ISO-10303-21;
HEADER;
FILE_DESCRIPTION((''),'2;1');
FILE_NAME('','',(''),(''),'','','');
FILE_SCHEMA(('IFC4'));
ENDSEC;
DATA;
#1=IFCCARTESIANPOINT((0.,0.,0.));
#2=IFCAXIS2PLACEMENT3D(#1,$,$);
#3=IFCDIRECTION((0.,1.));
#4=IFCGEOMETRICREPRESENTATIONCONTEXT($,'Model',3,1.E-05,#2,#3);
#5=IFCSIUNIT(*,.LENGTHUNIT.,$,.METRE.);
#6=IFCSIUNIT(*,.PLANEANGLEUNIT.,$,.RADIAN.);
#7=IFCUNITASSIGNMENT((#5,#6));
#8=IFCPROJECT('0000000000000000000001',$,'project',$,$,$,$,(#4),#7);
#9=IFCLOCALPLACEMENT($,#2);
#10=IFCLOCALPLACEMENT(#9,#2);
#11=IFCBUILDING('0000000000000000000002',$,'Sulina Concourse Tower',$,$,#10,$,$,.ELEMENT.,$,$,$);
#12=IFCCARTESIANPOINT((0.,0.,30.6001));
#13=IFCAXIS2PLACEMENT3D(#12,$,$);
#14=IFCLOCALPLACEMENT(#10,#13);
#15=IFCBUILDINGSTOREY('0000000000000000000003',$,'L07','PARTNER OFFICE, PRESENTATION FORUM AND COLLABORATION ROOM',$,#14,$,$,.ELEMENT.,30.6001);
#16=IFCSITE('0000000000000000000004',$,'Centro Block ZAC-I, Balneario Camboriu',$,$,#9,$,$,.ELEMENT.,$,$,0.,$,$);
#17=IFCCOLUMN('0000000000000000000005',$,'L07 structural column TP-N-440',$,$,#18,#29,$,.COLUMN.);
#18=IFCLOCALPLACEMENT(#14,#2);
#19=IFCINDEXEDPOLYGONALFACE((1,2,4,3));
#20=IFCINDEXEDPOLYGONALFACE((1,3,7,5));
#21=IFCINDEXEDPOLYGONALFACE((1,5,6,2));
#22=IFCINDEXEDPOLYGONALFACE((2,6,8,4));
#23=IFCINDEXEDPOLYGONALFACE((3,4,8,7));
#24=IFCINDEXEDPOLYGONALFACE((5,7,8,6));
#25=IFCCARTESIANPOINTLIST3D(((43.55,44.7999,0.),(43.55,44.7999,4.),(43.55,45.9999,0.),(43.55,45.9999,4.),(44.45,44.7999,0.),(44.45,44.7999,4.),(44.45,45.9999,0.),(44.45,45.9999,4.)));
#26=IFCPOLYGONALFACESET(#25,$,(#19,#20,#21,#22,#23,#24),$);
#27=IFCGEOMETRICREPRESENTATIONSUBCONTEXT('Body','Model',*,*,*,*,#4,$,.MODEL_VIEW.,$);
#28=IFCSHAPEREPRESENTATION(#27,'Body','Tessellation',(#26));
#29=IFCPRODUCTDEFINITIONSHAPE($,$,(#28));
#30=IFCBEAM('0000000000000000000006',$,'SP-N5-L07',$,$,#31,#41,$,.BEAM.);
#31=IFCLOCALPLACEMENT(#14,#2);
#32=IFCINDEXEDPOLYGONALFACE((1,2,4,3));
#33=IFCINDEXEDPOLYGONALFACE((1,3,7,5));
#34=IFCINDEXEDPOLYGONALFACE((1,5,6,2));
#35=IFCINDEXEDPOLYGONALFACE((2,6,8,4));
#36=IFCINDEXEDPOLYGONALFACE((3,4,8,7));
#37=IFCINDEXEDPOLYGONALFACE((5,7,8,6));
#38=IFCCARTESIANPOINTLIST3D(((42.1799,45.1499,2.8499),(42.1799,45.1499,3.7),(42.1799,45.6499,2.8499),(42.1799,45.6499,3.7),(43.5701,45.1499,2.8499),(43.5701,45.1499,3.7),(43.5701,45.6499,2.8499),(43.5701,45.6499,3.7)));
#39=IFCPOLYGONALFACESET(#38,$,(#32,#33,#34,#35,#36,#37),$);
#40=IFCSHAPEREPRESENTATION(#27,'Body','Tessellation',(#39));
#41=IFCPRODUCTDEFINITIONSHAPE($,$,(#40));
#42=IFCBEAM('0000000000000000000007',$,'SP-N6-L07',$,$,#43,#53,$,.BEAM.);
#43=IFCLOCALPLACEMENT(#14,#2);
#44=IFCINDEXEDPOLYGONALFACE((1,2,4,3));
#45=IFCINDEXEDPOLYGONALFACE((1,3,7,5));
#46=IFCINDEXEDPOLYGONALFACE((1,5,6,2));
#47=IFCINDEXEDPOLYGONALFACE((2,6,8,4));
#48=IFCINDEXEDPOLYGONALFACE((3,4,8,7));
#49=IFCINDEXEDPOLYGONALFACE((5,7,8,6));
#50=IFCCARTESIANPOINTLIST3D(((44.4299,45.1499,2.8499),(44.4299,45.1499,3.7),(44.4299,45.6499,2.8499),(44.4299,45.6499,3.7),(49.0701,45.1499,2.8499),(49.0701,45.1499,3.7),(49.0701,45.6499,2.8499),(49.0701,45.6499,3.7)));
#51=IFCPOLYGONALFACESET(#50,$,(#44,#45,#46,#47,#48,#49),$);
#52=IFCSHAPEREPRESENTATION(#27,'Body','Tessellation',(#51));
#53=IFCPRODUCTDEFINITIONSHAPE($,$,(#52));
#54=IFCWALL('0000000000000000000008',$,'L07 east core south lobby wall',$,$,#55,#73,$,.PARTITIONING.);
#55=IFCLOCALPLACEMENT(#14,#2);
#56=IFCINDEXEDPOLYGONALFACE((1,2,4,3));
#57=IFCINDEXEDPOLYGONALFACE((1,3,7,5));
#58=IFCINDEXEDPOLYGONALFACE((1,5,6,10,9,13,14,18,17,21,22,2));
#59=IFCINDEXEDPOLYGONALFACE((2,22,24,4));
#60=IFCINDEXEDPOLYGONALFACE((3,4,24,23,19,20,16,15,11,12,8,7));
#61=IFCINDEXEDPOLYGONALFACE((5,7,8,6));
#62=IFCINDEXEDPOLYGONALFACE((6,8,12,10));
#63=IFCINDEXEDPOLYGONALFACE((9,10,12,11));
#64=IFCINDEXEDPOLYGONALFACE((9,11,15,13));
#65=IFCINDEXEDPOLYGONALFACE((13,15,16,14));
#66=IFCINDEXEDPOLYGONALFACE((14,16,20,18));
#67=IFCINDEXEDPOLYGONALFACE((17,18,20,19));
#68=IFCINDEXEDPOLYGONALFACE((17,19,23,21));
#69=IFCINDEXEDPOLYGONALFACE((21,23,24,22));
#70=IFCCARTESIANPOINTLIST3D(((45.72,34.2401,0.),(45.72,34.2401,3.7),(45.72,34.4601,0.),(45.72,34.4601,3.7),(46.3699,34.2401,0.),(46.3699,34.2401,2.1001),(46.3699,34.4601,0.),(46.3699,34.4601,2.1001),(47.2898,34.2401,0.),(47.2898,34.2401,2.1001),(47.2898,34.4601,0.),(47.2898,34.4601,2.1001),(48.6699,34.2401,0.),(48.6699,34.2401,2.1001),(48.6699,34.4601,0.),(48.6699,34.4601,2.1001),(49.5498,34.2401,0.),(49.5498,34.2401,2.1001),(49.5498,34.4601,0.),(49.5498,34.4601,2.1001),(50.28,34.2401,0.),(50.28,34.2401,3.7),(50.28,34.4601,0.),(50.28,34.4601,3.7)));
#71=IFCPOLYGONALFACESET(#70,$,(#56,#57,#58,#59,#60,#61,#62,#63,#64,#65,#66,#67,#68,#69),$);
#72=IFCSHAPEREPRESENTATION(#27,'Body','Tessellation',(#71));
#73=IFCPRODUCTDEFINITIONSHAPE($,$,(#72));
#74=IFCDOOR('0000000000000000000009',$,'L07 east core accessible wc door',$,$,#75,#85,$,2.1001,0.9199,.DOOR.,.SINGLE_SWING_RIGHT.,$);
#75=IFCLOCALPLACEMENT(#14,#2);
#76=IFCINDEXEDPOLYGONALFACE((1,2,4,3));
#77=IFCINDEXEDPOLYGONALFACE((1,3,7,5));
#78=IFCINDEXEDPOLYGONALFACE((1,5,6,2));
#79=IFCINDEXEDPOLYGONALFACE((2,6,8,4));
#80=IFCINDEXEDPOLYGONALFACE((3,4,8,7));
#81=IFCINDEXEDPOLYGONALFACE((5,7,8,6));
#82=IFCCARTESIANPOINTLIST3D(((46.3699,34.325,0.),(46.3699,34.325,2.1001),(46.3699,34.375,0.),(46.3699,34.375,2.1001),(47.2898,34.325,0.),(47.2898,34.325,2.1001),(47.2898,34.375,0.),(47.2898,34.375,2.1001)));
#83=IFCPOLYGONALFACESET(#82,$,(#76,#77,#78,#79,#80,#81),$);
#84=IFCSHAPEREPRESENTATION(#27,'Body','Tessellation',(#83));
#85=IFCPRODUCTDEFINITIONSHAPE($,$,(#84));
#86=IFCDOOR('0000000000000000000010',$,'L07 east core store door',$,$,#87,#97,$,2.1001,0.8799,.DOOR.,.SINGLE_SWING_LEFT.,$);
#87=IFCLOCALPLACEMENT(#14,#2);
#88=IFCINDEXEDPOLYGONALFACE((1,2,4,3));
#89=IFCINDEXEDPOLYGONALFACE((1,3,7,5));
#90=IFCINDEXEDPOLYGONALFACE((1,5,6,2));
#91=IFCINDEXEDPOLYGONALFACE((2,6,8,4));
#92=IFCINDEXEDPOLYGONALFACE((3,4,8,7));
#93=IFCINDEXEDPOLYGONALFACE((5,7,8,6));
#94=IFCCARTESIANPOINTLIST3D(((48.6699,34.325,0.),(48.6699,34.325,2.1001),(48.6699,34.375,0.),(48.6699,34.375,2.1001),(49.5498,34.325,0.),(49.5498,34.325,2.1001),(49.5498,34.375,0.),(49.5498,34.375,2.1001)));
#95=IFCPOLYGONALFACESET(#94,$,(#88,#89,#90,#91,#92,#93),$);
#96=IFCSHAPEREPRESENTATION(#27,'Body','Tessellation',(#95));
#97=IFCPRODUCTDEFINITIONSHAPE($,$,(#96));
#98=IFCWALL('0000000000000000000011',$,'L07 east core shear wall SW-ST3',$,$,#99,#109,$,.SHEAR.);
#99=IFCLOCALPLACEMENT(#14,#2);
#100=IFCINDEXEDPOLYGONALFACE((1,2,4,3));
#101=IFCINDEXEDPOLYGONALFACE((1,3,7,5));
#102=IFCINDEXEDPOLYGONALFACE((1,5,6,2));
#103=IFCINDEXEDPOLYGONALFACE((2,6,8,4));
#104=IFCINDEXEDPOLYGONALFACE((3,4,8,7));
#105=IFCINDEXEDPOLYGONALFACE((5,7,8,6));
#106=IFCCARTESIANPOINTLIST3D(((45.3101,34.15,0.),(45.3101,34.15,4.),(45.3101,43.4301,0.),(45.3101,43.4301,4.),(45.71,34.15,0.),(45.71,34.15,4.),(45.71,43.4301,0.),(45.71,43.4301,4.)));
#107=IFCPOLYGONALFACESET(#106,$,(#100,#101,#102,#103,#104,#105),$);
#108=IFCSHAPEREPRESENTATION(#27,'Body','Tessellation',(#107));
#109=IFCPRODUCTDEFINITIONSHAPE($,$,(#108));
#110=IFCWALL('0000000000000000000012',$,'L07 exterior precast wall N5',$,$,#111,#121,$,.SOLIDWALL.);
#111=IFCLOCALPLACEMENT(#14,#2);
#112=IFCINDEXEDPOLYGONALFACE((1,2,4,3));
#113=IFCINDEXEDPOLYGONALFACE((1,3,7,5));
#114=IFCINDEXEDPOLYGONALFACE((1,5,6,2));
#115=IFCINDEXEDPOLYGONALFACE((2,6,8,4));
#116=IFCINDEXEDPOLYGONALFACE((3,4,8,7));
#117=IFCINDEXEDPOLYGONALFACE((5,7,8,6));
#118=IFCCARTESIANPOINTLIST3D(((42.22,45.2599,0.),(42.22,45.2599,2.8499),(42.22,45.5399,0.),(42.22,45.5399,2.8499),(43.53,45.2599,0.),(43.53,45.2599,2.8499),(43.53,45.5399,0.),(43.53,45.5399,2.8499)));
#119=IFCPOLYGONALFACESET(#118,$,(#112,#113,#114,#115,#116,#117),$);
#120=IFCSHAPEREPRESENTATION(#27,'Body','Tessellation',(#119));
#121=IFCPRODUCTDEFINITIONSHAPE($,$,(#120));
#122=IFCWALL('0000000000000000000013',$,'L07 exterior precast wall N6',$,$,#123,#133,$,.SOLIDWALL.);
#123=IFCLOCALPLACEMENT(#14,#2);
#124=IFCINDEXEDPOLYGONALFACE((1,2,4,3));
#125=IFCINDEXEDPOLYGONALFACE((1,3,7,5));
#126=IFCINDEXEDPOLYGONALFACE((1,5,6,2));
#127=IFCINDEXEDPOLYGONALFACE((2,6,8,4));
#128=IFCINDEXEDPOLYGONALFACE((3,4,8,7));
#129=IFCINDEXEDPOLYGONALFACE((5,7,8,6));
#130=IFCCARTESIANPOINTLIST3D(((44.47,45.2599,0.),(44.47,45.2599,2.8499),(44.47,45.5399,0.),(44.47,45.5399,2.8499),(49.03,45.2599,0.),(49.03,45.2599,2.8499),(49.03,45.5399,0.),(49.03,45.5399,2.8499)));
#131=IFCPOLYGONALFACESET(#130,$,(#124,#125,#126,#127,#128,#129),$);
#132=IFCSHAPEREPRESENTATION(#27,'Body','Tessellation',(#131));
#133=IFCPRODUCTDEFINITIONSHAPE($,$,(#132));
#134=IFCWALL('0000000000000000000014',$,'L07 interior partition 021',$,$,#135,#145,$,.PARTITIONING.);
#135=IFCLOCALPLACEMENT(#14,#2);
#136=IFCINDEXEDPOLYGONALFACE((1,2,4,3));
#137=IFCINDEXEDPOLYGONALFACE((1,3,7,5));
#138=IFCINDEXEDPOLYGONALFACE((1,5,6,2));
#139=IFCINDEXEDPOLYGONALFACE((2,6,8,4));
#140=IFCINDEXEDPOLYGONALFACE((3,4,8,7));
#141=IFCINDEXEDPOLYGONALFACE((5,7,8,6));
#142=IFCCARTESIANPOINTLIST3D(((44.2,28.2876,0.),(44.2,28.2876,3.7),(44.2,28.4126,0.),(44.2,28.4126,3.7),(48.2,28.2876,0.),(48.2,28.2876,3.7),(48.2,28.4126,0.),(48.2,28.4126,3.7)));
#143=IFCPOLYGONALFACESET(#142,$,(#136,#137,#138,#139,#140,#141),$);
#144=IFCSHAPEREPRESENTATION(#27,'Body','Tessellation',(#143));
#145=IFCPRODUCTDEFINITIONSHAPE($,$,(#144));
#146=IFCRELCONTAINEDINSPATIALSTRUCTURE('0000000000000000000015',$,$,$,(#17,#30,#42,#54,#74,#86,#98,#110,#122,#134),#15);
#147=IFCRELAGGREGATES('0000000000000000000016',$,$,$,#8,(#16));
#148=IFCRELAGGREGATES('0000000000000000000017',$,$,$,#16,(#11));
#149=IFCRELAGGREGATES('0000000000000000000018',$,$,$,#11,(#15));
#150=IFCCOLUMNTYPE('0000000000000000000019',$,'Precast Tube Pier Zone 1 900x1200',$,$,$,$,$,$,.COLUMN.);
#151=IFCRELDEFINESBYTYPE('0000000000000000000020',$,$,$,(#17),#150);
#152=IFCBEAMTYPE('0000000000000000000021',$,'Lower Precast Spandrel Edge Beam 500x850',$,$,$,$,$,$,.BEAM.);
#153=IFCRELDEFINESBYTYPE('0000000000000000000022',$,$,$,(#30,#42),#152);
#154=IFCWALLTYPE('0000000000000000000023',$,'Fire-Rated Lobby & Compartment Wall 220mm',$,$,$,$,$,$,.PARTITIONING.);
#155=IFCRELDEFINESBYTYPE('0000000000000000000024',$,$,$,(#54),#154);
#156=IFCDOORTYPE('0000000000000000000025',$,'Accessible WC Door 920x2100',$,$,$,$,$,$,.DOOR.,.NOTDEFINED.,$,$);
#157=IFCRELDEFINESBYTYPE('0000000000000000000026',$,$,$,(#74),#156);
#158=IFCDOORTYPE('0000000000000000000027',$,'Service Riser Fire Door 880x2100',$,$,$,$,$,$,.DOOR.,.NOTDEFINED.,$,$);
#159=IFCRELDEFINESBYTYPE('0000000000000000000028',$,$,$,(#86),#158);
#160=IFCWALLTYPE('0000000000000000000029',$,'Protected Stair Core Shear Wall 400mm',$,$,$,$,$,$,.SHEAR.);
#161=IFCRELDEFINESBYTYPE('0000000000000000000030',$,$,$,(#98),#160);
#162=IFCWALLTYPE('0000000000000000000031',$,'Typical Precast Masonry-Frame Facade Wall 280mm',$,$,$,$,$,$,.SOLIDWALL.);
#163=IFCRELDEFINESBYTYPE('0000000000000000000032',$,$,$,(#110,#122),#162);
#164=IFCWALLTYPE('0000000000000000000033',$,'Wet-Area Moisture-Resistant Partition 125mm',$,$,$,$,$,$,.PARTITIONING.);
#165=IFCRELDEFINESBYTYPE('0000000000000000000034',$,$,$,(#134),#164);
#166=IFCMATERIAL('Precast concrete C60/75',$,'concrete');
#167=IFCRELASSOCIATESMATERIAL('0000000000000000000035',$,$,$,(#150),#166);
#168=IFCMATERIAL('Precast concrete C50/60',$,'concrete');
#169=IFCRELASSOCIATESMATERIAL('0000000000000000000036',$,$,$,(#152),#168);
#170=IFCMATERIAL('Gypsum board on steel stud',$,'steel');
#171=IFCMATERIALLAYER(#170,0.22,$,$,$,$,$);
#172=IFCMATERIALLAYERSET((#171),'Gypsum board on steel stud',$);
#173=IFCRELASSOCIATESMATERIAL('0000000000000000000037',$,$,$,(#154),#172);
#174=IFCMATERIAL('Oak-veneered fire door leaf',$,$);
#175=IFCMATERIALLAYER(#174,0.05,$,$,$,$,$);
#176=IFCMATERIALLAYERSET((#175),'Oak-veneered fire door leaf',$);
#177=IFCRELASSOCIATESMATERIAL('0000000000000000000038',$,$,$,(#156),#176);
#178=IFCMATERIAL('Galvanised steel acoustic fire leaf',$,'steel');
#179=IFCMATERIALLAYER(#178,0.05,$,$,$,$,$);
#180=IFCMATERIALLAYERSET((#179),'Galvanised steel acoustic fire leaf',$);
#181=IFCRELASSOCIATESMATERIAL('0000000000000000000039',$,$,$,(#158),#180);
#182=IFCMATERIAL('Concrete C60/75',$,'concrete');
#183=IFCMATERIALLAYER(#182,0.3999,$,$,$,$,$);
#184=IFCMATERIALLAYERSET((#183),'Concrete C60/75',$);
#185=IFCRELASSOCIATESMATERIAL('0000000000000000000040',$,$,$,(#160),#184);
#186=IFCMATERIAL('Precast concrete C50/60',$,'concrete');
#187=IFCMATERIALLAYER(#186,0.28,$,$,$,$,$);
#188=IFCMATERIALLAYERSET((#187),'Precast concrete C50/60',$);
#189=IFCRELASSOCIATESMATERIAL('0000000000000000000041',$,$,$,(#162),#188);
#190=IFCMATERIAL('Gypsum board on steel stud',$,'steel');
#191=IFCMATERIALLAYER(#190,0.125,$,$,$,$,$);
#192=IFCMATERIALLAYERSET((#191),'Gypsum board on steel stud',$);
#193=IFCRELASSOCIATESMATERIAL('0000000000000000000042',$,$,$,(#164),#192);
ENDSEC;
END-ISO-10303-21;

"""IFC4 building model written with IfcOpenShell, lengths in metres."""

from ifc_helpers import new_model, si_unit, direction, frame, frame_2d, origin, origin_2d, place, context, subcontext, project, spatial, rectangle, extrude, material, layer, layer_set, material_profile, profile_set, type_object, element, fill, save


model = new_model("IFC4")

# Units and contexts
model_context = context("Model", 3, precision=1e-05, world=origin(), true_north=direction((0.0, 1.0)))
body_context = subcontext(model_context, "Body", "Model", "MODEL_VIEW")
ifc_project = project(units=[si_unit("LENGTHUNIT", "METRE"), si_unit("PLANEANGLEUNIT", "RADIAN")], contexts=[model_context])

# Site, building, storey
site_placement = place(None, origin())
site = spatial("IfcSite", under=ifc_project, at=site_placement, Name="Centro Block ZAC-I, Balneario Camboriu", CompositionType="ELEMENT", RefElevation=0.0)
building_placement = place(site_placement, origin())
building = spatial("IfcBuilding", under=site, at=building_placement, Name="Sulina Concourse Tower", CompositionType="ELEMENT")
storey_placement = place(building_placement, frame((0.0, 0.0, 30.6001)))
storey = spatial("IfcBuildingStorey", under=building, at=storey_placement, Name="L07", Description="PARTNER OFFICE, PRESENTATION FORUM AND COLLABORATION ROOM", CompositionType="ELEMENT", Elevation=30.6001)

# Column
ifc_material_1 = material(Name="Precast concrete C60/75", Category="concrete")
ifc_material_profile_1 = material_profile(ifc_material_1, rectangle(XDim=0.8999, YDim=1.2, at=origin_2d()), Name="PC 900x1200")
ifc_profile_set_1 = profile_set([ifc_material_profile_1], Name="Precast concrete C60/75")
column_type = type_object("IfcColumnType", Name="Precast Tube Pier Zone 1 900x1200", PredefinedType="COLUMN", material=ifc_profile_set_1)
column_placement = place(storey_placement, frame((44.0, 45.3999, 0.0), z_axis=(0.0, 0.0, 1.0), x_axis=(1.0, 0.0, 0.0)))
element("IfcColumn", 1, at=column_placement, inside=storey, type_object=column_type, Name="L07 structural column TP-N-440", PredefinedType="COLUMN", context=body_context, shape_type="SweptSolid", body=[
    extrude(rectangle(XDim=0.8999, YDim=1.2, at=origin_2d()), origin(), (0.0, 0.0, 1.0), 4.0),
])

# Beams
ifc_material_2 = material(Name="Precast concrete C50/60", Category="concrete")
ifc_material_profile_2 = material_profile(ifc_material_2, rectangle(XDim=0.5, YDim=0.8501, at=origin_2d()), Name="RC 500x850")
ifc_profile_set_2 = profile_set([ifc_material_profile_2], Name="Precast concrete C50/60")
beam_type = type_object("IfcBeamType", Name="Lower Precast Spandrel Edge Beam 500x850", PredefinedType="BEAM", material=ifc_profile_set_2)
beam_1_placement = place(storey_placement, frame((42.1799, 45.3999, 3.2749), z_axis=(1.0, 0.0, 0.0), x_axis=(0.0, 1.0, 0.0)))
element("IfcBeam", 2, at=beam_1_placement, inside=storey, type_object=beam_type, Name="SP-N5-L07", PredefinedType="BEAM", context=body_context, shape_type="SweptSolid", body=[
    extrude(rectangle(XDim=0.5, YDim=0.8501, at=origin_2d()), origin(), (0.0, 0.0, 1.0), 1.3901),
])
beam_2_placement = place(storey_placement, frame((44.4299, 45.3999, 3.2749), z_axis=(1.0, 0.0, 0.0), x_axis=(0.0, 1.0, 0.0)))
element("IfcBeam", 3, at=beam_2_placement, inside=storey, type_object=beam_type, Name="SP-N6-L07", PredefinedType="BEAM", context=body_context, shape_type="SweptSolid", body=[
    extrude(rectangle(XDim=0.5, YDim=0.8501, at=origin_2d()), origin(), (0.0, 0.0, 1.0), 4.6401),
])

# Wall, openings, doors
ifc_material_3 = material(Name="Gypsum board on steel stud", Category="steel")
ifc_layer_1 = layer(ifc_material_3, 0.22)
ifc_layer_set_1 = layer_set([ifc_layer_1], Name="Gypsum board on steel stud")
wall_type_1 = type_object("IfcWallType", Name="Fire-Rated Lobby & Compartment Wall 220mm", PredefinedType="PARTITIONING", material=ifc_layer_set_1)
wall_1_placement = place(storey_placement, frame((45.72, 34.3501, 0.0), z_axis=(0.0, 0.0, 1.0), x_axis=(1.0, 0.0, 0.0)))
wall_1 = element("IfcWall", 4, at=wall_1_placement, inside=storey, type_object=wall_type_1, Name="L07 east core south lobby wall", PredefinedType="PARTITIONING", context=body_context, shape_type="SweptSolid", body=[
    extrude(rectangle(XDim=4.5601, YDim=0.22, at=frame_2d((2.28, 0.0))), origin(), (0.0, 0.0, 1.0), 3.7),
])
opening_1_placement = place(wall_1_placement, frame((0.6499, 0.0, 0.0)))
opening_1 = element("IfcOpeningElement", 5, at=opening_1_placement, cuts=wall_1, PredefinedType="OPENING", context=body_context, shape_type="SweptSolid", body=[
    extrude(rectangle(XDim=0.9199, YDim=2.1001, at=frame_2d((0.46, 1.05))), frame((0.0, 0.1199, 0.0), z_axis=(0.0, -1.0, 0.0), x_axis=(1.0, 0.0, 0.0)), (0.0, 0.0, 1.0), 0.24),
])
opening_2_placement = place(wall_1_placement, frame((2.95, 0.0, 0.0)))
opening_2 = element("IfcOpeningElement", 6, at=opening_2_placement, cuts=wall_1, PredefinedType="OPENING", context=body_context, shape_type="SweptSolid", body=[
    extrude(rectangle(XDim=0.8799, YDim=2.1001, at=frame_2d((0.4399, 1.05))), frame((0.0, 0.1199, 0.0), z_axis=(0.0, -1.0, 0.0), x_axis=(1.0, 0.0, 0.0)), (0.0, 0.0, 1.0), 0.24),
])
ifc_material_4 = material(Name="Oak-veneered fire door leaf")
ifc_layer_2 = layer(ifc_material_4, 0.05)
ifc_layer_set_2 = layer_set([ifc_layer_2], Name="Oak-veneered fire door leaf")
door_type_1 = type_object("IfcDoorType", Name="Accessible WC Door 920x2100", OperationType="NOTDEFINED", PredefinedType="DOOR", material=ifc_layer_set_2)
door_1_placement = place(opening_1_placement, origin())
door_1 = element("IfcDoor", 7, at=door_1_placement, inside=storey, type_object=door_type_1, Name="L07 east core accessible wc door", OperationType="SINGLE_SWING_RIGHT", OverallHeight=2.1001, OverallWidth=0.9199, PredefinedType="DOOR", context=body_context, shape_type="SweptSolid", body=[
    extrude(rectangle(XDim=0.9199, YDim=2.1001, at=frame_2d((0.46, 1.05))), frame((0.0, 0.0249, 0.0), z_axis=(0.0, -1.0, 0.0), x_axis=(1.0, 0.0, 0.0)), (0.0, 0.0, 1.0), 0.05),
])
fill(opening_1, door_1)
ifc_material_5 = material(Name="Galvanised steel acoustic fire leaf", Category="steel")
ifc_layer_3 = layer(ifc_material_5, 0.05)
ifc_layer_set_3 = layer_set([ifc_layer_3], Name="Galvanised steel acoustic fire leaf")
door_type_2 = type_object("IfcDoorType", Name="Service Riser Fire Door 880x2100", OperationType="NOTDEFINED", PredefinedType="DOOR", material=ifc_layer_set_3)
door_2_placement = place(opening_2_placement, origin())
door_2 = element("IfcDoor", 8, at=door_2_placement, inside=storey, type_object=door_type_2, Name="L07 east core store door", OperationType="SINGLE_SWING_LEFT", OverallHeight=2.1001, OverallWidth=0.8799, PredefinedType="DOOR", context=body_context, shape_type="SweptSolid", body=[
    extrude(rectangle(XDim=0.8799, YDim=2.1001, at=frame_2d((0.4399, 1.05))), frame((0.0, 0.0249, 0.0), z_axis=(0.0, -1.0, 0.0), x_axis=(1.0, 0.0, 0.0)), (0.0, 0.0, 1.0), 0.05),
])
fill(opening_2, door_2)

# Walls
ifc_material_6 = material(Name="Concrete C60/75", Category="concrete")
ifc_layer_4 = layer(ifc_material_6, 0.3999)
ifc_layer_set_4 = layer_set([ifc_layer_4], Name="Concrete C60/75")
wall_type_2 = type_object("IfcWallType", Name="Protected Stair Core Shear Wall 400mm", PredefinedType="SHEAR", material=ifc_layer_set_4)
wall_2_placement = place(storey_placement, frame((45.51, 34.1499, 0.0), z_axis=(0.0, 0.0, 1.0), x_axis=(0.0, 1.0, 0.0)))
element("IfcWall", 9, at=wall_2_placement, inside=storey, type_object=wall_type_2, Name="L07 east core shear wall SW-ST3", PredefinedType="SHEAR", context=body_context, shape_type="SweptSolid", body=[
    extrude(rectangle(XDim=9.28, YDim=0.3999, at=frame_2d((4.6401, 0.0))), origin(), (0.0, 0.0, 1.0), 4.0),
])
ifc_material_7 = material(Name="Precast concrete C50/60", Category="concrete")
ifc_layer_5 = layer(ifc_material_7, 0.28)
ifc_layer_set_5 = layer_set([ifc_layer_5], Name="Precast concrete C50/60")
wall_type_3 = type_object("IfcWallType", Name="Typical Precast Masonry-Frame Facade Wall 280mm", PredefinedType="SOLIDWALL", material=ifc_layer_set_5)
wall_3_placement = place(storey_placement, frame((42.22, 45.3999, 0.0), z_axis=(0.0, 0.0, 1.0), x_axis=(1.0, 0.0, 0.0)))
element("IfcWall", 10, at=wall_3_placement, inside=storey, type_object=wall_type_3, Name="L07 exterior precast wall N5", PredefinedType="SOLIDWALL", context=body_context, shape_type="SweptSolid", body=[
    extrude(rectangle(XDim=1.3101, YDim=0.28, at=frame_2d((0.655, 0.0))), origin(), (0.0, 0.0, 1.0), 2.8499),
])
wall_4_placement = place(storey_placement, frame((44.47, 45.3999, 0.0), z_axis=(0.0, 0.0, 1.0), x_axis=(1.0, 0.0, 0.0)))
element("IfcWall", 11, at=wall_4_placement, inside=storey, type_object=wall_type_3, Name="L07 exterior precast wall N6", PredefinedType="SOLIDWALL", context=body_context, shape_type="SweptSolid", body=[
    extrude(rectangle(XDim=4.5601, YDim=0.28, at=frame_2d((2.28, 0.0))), origin(), (0.0, 0.0, 1.0), 2.8499),
])
ifc_material_8 = material(Name="Gypsum board on steel stud", Category="steel")
ifc_layer_6 = layer(ifc_material_8, 0.125)
ifc_layer_set_6 = layer_set([ifc_layer_6], Name="Gypsum board on steel stud")
wall_type_4 = type_object("IfcWallType", Name="Wet-Area Moisture-Resistant Partition 125mm", PredefinedType="PARTITIONING", material=ifc_layer_set_6)
wall_5_placement = place(storey_placement, frame((44.2, 28.3501, 0.0), z_axis=(0.0, 0.0, 1.0), x_axis=(1.0, 0.0, 0.0)))
element("IfcWall", 12, at=wall_5_placement, inside=storey, type_object=wall_type_4, Name="L07 interior partition 021", PredefinedType="PARTITIONING", context=body_context, shape_type="SweptSolid", body=[
    extrude(rectangle(XDim=4.0, YDim=0.125, at=frame_2d((2.0, 0.0))), origin(), (0.0, 0.0, 1.0), 3.7),
])

save(model, "model.ifc")
